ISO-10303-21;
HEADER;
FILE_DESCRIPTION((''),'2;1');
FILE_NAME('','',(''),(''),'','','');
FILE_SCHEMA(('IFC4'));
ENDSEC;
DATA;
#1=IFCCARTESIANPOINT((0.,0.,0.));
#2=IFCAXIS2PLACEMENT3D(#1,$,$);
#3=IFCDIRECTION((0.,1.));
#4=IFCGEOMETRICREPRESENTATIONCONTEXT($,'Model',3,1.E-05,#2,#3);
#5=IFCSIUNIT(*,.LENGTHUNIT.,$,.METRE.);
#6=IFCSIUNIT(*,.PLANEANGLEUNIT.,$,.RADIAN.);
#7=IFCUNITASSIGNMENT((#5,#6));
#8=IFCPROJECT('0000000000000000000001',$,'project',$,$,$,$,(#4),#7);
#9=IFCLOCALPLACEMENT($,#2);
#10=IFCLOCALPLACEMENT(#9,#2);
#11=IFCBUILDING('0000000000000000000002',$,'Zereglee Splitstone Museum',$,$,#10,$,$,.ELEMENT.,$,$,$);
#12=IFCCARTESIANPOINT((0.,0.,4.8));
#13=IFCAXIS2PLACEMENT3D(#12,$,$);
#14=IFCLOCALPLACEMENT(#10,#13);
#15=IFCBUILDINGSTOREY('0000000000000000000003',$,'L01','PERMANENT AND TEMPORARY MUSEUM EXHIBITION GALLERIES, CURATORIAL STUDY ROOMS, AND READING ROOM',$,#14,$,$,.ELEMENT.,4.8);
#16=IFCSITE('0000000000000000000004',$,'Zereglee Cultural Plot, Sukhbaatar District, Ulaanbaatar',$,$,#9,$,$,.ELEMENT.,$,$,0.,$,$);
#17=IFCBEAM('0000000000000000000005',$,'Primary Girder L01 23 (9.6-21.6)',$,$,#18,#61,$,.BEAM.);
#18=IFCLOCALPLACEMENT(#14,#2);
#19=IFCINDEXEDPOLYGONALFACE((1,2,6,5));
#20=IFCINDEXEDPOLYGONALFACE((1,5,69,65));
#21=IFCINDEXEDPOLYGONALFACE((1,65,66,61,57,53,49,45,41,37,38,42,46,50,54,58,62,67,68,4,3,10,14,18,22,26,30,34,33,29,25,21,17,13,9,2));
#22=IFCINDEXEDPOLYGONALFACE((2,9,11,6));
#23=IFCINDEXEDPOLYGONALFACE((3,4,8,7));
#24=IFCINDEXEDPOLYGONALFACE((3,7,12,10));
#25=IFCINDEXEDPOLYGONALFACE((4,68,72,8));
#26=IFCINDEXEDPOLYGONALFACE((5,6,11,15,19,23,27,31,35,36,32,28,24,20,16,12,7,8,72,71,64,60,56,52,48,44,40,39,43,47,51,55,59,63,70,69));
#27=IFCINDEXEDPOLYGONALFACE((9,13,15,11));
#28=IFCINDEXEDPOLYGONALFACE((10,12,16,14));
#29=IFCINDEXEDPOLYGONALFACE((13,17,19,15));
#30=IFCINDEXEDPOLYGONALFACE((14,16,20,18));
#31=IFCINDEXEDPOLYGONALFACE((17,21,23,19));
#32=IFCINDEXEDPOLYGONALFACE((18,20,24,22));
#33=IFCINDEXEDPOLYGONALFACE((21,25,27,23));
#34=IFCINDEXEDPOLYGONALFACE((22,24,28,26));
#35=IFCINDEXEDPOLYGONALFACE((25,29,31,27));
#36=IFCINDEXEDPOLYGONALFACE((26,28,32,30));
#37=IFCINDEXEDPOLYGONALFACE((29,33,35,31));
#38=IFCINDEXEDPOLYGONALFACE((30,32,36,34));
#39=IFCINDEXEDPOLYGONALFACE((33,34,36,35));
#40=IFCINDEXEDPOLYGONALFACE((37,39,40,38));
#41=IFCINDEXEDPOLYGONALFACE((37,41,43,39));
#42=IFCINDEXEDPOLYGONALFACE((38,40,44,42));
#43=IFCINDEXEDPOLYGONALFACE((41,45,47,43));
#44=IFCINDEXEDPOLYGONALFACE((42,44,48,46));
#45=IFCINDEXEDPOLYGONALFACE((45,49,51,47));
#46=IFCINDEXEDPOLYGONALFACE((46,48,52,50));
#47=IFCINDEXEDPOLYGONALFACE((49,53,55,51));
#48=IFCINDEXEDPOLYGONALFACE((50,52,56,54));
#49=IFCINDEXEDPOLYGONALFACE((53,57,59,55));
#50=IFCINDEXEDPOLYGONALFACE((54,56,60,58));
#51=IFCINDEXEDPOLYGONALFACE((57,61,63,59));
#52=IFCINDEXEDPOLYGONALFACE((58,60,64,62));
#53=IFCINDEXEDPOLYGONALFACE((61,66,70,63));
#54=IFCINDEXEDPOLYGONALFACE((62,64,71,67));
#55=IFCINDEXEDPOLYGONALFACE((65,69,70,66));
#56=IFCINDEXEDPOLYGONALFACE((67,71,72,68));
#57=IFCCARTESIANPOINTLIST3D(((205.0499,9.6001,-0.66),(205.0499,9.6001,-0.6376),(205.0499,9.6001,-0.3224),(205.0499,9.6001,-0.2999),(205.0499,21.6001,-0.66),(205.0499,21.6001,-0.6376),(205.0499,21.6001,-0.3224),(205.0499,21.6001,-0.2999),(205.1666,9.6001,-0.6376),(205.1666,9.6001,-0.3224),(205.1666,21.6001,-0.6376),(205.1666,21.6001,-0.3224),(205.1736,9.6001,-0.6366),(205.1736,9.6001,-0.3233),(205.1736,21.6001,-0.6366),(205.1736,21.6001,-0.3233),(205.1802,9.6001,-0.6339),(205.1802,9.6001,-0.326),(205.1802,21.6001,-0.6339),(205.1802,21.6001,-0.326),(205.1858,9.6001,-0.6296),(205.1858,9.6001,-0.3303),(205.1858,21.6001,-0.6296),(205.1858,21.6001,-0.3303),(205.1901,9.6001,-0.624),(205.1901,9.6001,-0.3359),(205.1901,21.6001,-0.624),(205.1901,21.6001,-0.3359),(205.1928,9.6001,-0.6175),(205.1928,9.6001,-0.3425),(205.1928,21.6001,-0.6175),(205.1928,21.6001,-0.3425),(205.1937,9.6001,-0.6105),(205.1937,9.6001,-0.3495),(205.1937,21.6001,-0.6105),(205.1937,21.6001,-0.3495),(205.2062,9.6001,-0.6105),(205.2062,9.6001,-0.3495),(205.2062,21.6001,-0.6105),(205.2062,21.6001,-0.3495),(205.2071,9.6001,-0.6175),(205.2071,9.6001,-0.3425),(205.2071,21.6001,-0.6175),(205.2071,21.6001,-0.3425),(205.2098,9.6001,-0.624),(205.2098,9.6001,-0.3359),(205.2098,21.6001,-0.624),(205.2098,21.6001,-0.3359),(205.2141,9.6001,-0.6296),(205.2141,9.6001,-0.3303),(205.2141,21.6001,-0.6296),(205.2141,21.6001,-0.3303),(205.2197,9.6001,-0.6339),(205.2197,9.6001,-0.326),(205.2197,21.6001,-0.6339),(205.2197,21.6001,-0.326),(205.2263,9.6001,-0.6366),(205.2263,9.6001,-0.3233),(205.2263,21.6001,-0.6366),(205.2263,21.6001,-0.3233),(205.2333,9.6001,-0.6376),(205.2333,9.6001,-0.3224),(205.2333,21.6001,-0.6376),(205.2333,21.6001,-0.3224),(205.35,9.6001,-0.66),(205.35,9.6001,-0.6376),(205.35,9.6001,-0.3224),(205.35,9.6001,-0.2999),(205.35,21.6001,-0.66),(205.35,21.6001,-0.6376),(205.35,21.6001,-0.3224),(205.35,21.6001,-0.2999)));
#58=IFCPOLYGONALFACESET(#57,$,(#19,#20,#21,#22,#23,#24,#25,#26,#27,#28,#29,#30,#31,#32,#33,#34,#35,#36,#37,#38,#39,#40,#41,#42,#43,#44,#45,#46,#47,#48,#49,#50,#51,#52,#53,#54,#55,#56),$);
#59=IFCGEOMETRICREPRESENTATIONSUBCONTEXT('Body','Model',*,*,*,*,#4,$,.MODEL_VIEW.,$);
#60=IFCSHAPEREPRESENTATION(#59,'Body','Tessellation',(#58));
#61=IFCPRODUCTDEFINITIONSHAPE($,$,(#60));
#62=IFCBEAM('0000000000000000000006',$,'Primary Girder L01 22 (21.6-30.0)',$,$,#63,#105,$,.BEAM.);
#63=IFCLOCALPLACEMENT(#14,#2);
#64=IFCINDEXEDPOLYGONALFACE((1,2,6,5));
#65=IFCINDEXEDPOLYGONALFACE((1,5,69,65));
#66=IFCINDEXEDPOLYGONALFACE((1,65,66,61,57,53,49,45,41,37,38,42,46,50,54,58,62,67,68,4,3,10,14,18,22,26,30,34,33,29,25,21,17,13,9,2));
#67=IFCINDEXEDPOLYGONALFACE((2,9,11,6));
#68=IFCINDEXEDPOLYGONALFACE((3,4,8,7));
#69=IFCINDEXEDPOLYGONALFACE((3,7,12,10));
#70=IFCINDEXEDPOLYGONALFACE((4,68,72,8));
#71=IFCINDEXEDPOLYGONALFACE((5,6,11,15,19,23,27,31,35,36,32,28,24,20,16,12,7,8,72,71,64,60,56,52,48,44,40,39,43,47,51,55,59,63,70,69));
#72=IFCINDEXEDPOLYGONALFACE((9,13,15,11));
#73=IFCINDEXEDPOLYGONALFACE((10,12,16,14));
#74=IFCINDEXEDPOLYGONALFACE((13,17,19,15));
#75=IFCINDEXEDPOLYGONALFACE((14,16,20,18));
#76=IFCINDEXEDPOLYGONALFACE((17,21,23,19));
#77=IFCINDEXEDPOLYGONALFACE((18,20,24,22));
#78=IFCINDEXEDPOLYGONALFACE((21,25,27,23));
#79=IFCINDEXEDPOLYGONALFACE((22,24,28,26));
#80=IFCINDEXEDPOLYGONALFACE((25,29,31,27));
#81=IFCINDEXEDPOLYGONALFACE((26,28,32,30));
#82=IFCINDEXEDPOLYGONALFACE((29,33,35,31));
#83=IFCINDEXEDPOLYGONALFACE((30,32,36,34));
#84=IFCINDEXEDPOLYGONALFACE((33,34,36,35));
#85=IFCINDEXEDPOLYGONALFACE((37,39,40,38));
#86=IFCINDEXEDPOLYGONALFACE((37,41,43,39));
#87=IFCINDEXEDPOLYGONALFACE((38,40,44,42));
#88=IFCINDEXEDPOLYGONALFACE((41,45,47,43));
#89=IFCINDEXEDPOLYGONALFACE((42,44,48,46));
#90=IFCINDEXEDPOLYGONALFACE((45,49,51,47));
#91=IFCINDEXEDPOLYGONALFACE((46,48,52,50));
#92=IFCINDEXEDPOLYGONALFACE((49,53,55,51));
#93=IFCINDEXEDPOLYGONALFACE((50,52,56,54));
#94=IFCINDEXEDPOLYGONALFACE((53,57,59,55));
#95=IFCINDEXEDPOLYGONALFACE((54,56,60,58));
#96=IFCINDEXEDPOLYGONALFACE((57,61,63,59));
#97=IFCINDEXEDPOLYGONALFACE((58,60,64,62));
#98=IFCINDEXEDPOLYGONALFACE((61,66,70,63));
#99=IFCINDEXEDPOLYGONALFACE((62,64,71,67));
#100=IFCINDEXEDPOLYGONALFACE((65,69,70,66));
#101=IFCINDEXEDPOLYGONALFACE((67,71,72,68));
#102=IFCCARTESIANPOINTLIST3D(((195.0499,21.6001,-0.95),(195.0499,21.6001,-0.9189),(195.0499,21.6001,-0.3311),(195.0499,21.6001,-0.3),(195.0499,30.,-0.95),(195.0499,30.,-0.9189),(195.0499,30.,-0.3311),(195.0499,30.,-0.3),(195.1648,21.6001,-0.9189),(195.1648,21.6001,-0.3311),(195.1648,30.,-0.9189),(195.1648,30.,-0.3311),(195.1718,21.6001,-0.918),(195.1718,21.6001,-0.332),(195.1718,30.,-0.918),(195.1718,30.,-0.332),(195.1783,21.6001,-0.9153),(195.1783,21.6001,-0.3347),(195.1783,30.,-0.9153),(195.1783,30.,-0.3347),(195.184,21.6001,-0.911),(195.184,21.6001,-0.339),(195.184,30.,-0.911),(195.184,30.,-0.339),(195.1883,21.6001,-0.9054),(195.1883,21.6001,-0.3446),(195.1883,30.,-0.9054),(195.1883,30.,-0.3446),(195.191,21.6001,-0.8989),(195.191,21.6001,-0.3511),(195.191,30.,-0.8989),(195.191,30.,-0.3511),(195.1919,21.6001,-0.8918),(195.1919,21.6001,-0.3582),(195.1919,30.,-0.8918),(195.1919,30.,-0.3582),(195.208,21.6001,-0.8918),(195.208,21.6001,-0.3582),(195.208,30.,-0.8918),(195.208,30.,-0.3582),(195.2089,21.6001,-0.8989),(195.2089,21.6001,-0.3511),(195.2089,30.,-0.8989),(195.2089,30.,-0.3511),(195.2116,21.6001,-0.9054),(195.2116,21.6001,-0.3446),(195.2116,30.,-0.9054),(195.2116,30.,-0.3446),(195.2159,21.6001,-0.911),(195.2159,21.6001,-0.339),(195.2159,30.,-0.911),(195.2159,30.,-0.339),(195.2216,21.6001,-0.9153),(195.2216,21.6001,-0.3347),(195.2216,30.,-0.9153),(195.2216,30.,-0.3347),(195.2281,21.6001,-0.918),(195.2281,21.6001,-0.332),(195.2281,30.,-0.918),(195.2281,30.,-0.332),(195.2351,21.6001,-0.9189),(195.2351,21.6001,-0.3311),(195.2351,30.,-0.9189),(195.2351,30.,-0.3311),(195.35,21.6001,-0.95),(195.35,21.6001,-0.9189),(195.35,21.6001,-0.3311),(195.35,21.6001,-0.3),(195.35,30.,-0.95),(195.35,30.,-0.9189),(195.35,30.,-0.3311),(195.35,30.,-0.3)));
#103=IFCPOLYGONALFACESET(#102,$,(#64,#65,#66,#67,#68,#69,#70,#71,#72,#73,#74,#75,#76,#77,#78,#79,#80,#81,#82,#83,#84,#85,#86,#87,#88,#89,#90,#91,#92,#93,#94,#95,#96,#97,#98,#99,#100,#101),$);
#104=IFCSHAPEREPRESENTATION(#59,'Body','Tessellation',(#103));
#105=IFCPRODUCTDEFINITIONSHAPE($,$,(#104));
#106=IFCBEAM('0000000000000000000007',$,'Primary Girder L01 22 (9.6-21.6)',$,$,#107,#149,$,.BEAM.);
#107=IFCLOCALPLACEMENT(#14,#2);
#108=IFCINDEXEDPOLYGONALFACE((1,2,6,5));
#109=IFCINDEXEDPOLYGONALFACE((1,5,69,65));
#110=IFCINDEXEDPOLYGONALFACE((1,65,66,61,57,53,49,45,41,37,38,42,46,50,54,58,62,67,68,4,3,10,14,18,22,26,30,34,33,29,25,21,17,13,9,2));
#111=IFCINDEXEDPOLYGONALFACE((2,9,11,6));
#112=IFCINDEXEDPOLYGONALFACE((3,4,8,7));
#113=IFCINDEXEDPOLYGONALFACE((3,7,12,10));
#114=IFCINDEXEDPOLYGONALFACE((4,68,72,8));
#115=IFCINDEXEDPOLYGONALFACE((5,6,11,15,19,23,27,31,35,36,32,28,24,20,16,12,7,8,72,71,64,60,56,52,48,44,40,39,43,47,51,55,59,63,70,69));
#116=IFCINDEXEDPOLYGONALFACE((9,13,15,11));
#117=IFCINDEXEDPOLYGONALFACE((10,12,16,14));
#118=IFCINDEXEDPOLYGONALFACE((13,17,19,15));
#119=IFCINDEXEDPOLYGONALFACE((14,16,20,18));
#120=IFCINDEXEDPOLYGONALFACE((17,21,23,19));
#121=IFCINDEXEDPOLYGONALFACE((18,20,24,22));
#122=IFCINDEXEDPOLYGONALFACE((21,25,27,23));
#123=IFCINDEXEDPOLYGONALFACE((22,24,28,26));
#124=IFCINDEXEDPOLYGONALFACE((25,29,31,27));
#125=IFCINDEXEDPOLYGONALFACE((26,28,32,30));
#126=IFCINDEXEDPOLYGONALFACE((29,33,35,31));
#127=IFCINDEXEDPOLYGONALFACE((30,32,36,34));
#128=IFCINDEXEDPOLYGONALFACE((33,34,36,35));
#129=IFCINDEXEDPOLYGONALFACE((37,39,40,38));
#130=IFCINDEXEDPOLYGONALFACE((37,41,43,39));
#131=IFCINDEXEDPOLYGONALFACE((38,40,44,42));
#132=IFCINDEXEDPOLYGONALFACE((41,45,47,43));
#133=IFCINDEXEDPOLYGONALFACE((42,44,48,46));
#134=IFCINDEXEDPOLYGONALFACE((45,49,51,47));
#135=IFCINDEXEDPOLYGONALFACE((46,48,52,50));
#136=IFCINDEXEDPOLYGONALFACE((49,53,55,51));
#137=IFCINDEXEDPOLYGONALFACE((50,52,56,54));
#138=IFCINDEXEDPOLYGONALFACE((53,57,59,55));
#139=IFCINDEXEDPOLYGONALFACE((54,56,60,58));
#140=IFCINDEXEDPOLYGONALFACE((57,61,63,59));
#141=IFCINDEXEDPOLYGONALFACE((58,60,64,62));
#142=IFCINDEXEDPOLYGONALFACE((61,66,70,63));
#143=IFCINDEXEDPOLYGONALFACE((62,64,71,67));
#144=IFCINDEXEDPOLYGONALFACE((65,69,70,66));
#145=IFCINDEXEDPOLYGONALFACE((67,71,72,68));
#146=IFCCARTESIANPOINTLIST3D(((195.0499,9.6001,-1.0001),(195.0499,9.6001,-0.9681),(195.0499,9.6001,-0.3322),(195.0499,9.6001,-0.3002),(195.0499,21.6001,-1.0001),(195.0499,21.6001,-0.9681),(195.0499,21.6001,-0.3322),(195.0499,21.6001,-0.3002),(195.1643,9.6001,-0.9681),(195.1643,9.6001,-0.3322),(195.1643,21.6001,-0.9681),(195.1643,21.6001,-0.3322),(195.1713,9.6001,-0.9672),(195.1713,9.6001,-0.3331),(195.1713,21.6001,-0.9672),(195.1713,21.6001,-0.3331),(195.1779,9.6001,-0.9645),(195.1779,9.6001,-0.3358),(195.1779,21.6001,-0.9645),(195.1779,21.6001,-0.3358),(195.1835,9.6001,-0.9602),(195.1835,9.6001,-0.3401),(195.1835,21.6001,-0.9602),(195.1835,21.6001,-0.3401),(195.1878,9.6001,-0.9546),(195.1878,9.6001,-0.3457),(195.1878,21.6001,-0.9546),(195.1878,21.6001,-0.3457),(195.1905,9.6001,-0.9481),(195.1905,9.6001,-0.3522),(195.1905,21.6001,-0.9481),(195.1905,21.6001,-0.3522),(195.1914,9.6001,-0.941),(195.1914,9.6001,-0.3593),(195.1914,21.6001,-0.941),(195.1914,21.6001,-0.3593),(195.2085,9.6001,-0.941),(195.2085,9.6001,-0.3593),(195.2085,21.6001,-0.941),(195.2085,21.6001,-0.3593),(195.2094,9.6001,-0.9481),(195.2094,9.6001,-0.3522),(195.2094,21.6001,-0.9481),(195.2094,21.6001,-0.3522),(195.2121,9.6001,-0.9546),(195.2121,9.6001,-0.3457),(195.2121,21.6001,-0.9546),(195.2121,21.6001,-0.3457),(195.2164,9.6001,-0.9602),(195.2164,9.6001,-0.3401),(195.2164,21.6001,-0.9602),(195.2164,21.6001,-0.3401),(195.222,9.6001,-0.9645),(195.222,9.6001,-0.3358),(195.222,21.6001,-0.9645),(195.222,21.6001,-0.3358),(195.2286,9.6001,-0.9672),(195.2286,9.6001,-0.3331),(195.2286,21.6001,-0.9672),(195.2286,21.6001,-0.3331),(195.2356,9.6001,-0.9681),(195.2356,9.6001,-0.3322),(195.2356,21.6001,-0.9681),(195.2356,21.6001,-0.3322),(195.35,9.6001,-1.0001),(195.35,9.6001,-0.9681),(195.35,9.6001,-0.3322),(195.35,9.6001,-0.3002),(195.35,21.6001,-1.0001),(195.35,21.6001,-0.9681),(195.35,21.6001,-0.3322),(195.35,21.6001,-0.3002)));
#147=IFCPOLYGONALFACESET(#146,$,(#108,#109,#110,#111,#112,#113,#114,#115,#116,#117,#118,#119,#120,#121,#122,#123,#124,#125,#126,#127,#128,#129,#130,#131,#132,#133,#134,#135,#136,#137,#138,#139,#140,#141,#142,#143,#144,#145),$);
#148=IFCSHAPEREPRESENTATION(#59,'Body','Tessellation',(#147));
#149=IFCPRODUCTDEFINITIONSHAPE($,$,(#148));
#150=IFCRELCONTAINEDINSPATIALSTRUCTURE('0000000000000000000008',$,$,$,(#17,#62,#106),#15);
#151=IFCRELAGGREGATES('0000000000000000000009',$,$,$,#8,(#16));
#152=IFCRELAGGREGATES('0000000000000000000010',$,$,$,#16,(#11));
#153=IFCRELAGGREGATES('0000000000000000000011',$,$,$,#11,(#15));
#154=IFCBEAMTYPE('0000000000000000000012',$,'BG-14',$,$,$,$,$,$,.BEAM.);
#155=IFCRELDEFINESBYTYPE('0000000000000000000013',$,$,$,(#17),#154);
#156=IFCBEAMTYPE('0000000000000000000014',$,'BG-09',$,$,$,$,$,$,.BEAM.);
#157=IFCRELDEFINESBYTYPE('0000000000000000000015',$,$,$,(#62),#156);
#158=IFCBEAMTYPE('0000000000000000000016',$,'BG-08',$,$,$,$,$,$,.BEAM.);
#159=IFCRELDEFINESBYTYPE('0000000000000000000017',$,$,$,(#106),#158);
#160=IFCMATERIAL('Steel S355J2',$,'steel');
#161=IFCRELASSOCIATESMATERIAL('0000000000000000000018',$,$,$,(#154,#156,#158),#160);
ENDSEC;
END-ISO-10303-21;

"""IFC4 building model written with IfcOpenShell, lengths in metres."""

from ifc_helpers import new_model, si_unit, direction, frame, origin, origin_2d, place, context, subcontext, project, spatial, i_section, extrude, material, material_profile, profile_set, type_object, element, save


model = new_model("IFC4")

# Units and contexts
model_context = context("Model", 3, precision=1e-05, world=origin(), true_north=direction((0.0, 1.0)))
body_context = subcontext(model_context, "Body", "Model", "MODEL_VIEW")
ifc_project = project(units=[si_unit("LENGTHUNIT", "METRE"), si_unit("PLANEANGLEUNIT", "RADIAN")], contexts=[model_context])

# Site, building, storey
site_placement = place(None, origin())
site = spatial("IfcSite", under=ifc_project, at=site_placement, Name="Zereglee Cultural Plot, Sukhbaatar District, Ulaanbaatar", CompositionType="ELEMENT", RefElevation=0.0)
building_placement = place(site_placement, origin())
building = spatial("IfcBuilding", under=site, at=building_placement, Name="Zereglee Splitstone Museum", CompositionType="ELEMENT")
storey_placement = place(building_placement, frame((0.0, 0.0, 4.8)))
storey = spatial("IfcBuildingStorey", under=building, at=storey_placement, Name="L01", Description="PERMANENT AND TEMPORARY MUSEUM EXHIBITION GALLERIES, CURATORIAL STUDY ROOMS, AND READING ROOM", CompositionType="ELEMENT", Elevation=4.8)

# Shared definitions
ifc_material_1 = material(Name="Steel S355J2", Category="steel")

# Beams
ifc_material_profile_1 = material_profile(ifc_material_1, i_section(OverallWidth=0.3, OverallDepth=0.3601, WebThickness=0.0125, FlangeThickness=0.0225, FilletRadius=0.0271, at=origin_2d()), Name="HE 360 B")
ifc_profile_set_1 = profile_set([ifc_material_profile_1], Name="Steel S355J2")
beam_type_1 = type_object("IfcBeamType", Name="BG-14", PredefinedType="BEAM", material=ifc_profile_set_1)
beam_1_placement = place(storey_placement, frame((205.2, 9.6001, -0.48), z_axis=(0.0, 1.0, 0.0), x_axis=(-1.0, 0.0, 0.0)))
element("IfcBeam", 1, at=beam_1_placement, inside=storey, type_object=beam_type_1, Name="Primary Girder L01 23 (9.6-21.6)", PredefinedType="BEAM", context=body_context, shape_type="SweptSolid", body=[
    extrude(i_section(OverallWidth=0.3, OverallDepth=0.3601, WebThickness=0.0125, FlangeThickness=0.0225, FilletRadius=0.0271, at=origin_2d()), origin(), (0.0, 0.0, 1.0), 12.0),
])
ifc_material_profile_2 = material_profile(ifc_material_1, i_section(OverallWidth=0.3, OverallDepth=0.6499, WebThickness=0.0161, FlangeThickness=0.031, FilletRadius=0.0271, at=origin_2d()), Name="HE 650 B")
ifc_profile_set_2 = profile_set([ifc_material_profile_2], Name="Steel S355J2")
beam_type_2 = type_object("IfcBeamType", Name="BG-09", PredefinedType="BEAM", material=ifc_profile_set_2)
beam_2_placement = place(storey_placement, frame((195.2, 21.6001, -0.625), z_axis=(0.0, 1.0, 0.0), x_axis=(-1.0, 0.0, 0.0)))
element("IfcBeam", 2, at=beam_2_placement, inside=storey, type_object=beam_type_2, Name="Primary Girder L01 22 (21.6-30.0)", PredefinedType="BEAM", context=body_context, shape_type="SweptSolid", body=[
    extrude(i_section(OverallWidth=0.3, OverallDepth=0.6499, WebThickness=0.0161, FlangeThickness=0.031, FilletRadius=0.0271, at=origin_2d()), origin(), (0.0, 0.0, 1.0), 8.3999),
])
ifc_material_profile_3 = material_profile(ifc_material_1, i_section(OverallWidth=0.3, OverallDepth=0.7, WebThickness=0.0171, FlangeThickness=0.032, FilletRadius=0.0271, at=origin_2d()), Name="HE 700 B")
ifc_profile_set_3 = profile_set([ifc_material_profile_3], Name="Steel S355J2")
beam_type_3 = type_object("IfcBeamType", Name="BG-08", PredefinedType="BEAM", material=ifc_profile_set_3)
beam_3_placement = place(storey_placement, frame((195.2, 9.6001, -0.6501), z_axis=(0.0, 1.0, 0.0), x_axis=(-1.0, 0.0, 0.0)))
element("IfcBeam", 3, at=beam_3_placement, inside=storey, type_object=beam_type_3, Name="Primary Girder L01 22 (9.6-21.6)", PredefinedType="BEAM", context=body_context, shape_type="SweptSolid", body=[
    extrude(i_section(OverallWidth=0.3, OverallDepth=0.7, WebThickness=0.0171, FlangeThickness=0.032, FilletRadius=0.0271, at=origin_2d()), origin(), (0.0, 0.0, 1.0), 12.0),
])

save(model, "model.ifc")
